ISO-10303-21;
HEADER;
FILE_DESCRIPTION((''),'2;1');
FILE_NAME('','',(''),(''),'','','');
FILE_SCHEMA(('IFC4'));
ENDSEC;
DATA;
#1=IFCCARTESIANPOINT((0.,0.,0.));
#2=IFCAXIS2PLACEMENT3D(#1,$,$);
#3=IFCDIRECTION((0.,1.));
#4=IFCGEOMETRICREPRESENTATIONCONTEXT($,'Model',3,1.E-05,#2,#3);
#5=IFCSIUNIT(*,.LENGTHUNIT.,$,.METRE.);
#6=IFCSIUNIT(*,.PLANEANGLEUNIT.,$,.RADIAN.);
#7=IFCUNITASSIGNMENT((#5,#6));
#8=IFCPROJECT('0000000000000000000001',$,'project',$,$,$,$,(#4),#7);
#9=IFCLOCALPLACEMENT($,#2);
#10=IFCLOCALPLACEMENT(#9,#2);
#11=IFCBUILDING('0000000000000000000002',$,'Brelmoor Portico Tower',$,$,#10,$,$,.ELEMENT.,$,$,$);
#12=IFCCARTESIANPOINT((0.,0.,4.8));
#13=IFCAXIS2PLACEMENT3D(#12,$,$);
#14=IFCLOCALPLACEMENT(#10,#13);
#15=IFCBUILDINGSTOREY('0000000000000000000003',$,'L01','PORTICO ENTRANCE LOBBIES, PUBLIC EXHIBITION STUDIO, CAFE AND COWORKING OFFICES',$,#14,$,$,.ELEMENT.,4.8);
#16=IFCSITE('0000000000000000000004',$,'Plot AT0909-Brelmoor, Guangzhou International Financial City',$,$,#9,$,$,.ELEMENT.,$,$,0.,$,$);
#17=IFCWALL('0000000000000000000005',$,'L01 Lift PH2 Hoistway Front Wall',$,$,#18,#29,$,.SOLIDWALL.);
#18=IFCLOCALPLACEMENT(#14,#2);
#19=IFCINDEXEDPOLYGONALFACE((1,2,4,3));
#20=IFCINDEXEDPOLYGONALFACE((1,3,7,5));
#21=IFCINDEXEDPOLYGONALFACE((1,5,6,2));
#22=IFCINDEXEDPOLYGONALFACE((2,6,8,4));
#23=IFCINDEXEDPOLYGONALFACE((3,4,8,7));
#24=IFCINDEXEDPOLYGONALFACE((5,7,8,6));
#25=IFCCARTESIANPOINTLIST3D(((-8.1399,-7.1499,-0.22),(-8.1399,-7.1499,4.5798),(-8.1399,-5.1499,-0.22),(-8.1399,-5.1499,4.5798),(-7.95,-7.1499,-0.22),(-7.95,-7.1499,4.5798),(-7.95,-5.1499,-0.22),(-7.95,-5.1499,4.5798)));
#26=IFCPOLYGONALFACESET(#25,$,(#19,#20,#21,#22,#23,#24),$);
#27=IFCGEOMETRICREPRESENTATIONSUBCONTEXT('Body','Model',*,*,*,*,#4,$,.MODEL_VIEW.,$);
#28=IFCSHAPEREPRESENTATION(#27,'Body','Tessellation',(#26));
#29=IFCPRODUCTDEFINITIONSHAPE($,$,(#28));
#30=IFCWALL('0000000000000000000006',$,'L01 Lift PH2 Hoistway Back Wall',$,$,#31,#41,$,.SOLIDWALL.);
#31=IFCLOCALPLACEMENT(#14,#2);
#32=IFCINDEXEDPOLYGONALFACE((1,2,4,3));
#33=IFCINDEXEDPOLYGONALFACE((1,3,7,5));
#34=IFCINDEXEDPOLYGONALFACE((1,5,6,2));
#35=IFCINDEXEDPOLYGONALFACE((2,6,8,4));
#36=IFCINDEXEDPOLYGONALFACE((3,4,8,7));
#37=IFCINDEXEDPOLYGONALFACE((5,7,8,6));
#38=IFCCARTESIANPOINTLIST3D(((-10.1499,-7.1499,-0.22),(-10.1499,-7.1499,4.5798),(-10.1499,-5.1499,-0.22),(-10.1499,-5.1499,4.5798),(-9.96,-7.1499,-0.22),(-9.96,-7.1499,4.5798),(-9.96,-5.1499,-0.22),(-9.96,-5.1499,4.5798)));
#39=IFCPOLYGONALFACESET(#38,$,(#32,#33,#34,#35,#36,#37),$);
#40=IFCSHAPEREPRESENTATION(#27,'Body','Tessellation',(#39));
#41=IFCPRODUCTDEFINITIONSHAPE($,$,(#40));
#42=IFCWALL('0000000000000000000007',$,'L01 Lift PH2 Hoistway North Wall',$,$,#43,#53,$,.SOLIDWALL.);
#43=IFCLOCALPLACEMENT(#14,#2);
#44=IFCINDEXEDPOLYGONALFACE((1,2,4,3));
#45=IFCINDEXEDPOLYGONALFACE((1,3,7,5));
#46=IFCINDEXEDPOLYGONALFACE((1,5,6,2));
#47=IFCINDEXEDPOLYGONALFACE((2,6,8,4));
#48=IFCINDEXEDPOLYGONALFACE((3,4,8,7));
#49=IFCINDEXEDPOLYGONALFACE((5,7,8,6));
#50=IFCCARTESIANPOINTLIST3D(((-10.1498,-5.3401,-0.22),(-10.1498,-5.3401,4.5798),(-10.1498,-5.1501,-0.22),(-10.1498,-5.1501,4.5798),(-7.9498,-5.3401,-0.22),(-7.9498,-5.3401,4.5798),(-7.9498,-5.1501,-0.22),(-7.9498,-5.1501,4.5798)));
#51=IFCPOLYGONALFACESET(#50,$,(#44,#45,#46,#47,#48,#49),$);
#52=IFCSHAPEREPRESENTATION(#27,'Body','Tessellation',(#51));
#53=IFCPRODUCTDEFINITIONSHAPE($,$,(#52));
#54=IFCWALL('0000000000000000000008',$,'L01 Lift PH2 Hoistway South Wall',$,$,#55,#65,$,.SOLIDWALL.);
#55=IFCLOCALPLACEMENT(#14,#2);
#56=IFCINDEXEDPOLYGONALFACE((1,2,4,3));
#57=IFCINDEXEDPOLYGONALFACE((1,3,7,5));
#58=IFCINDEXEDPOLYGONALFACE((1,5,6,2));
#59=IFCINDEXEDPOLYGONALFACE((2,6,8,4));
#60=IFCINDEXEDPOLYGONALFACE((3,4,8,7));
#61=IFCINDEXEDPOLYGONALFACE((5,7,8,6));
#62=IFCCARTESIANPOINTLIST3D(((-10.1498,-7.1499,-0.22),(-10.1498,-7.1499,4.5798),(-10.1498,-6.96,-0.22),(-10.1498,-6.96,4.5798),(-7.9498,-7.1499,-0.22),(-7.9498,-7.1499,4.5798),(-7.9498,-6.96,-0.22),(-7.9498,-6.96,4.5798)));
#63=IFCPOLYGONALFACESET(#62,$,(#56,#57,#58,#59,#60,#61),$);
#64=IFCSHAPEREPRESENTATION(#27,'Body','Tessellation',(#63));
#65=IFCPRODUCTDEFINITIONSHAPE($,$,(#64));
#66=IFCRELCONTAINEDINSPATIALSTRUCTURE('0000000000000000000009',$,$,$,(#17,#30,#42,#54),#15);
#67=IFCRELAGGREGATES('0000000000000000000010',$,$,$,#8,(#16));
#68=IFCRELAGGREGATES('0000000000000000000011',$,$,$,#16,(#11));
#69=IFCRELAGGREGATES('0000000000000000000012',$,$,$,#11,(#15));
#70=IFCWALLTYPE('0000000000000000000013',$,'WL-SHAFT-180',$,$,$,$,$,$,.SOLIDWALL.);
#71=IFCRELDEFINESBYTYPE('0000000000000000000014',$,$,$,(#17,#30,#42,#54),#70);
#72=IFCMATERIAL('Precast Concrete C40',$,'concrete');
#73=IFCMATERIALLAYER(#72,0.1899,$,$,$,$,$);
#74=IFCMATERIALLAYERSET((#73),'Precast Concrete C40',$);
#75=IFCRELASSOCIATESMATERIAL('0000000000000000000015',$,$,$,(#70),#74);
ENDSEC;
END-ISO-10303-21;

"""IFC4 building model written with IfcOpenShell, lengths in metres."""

from ifc_helpers import new_model, si_unit, direction, frame, frame_2d, origin, place, context, subcontext, project, spatial, rectangle, extrude, material, layer, layer_set, type_object, element, save


model = new_model("IFC4")

# Units and contexts
model_context = context("Model", 3, precision=1e-05, world=origin(), true_north=direction((0.0, 1.0)))
body_context = subcontext(model_context, "Body", "Model", "MODEL_VIEW")
ifc_project = project(units=[si_unit("LENGTHUNIT", "METRE"), si_unit("PLANEANGLEUNIT", "RADIAN")], contexts=[model_context])

# Site, building, storey
site_placement = place(None, origin())
site = spatial("IfcSite", under=ifc_project, at=site_placement, Name="Plot AT0909-Brelmoor, Guangzhou International Financial City", CompositionType="ELEMENT", RefElevation=0.0)
building_placement = place(site_placement, origin())
building = spatial("IfcBuilding", under=site, at=building_placement, Name="Brelmoor Portico Tower", CompositionType="ELEMENT")
storey_placement = place(building_placement, frame((0.0, 0.0, 4.8)))
storey = spatial("IfcBuildingStorey", under=building, at=storey_placement, Name="L01", Description="PORTICO ENTRANCE LOBBIES, PUBLIC EXHIBITION STUDIO, CAFE AND COWORKING OFFICES", CompositionType="ELEMENT", Elevation=4.8)

# Walls
ifc_material_1 = material(Name="Precast Concrete C40", Category="concrete")
ifc_layer_1 = layer(ifc_material_1, 0.1899)
ifc_layer_set_1 = layer_set([ifc_layer_1], Name="Precast Concrete C40")
wall_type_1 = type_object("IfcWallType", Name="WL-SHAFT-180", PredefinedType="SOLIDWALL", material=ifc_layer_set_1)
for number, where, z_axis, x_axis, name in (
    (1, (-8.0449, -7.1499, -0.22), (0.0, 0.0, 1.0), (0.0, 1.0, 0.0), "L01 Lift PH2 Hoistway Front Wall"),
    (2, (-10.0549, -7.1499, -0.22), (0.0, 0.0, 1.0), (0.0, 1.0, 0.0), "L01 Lift PH2 Hoistway Back Wall"),
):
    element("IfcWall", number, at=place(storey_placement, frame(where, z_axis=z_axis, x_axis=x_axis)), inside=storey, type_object=wall_type_1, Name=name, PredefinedType="SOLIDWALL", context=body_context, shape_type="SweptSolid", body=[
        extrude(rectangle(XDim=2.0, YDim=0.1899, at=frame_2d((1.0, 0.0))), origin(), (0.0, 0.0, 1.0), 4.7998),
    ])
for number, where, z_axis, x_axis, name in (
    (3, (-10.1499, -5.2451, -0.22), (0.0, 0.0, 1.0), (1.0, 0.0, 0.0), "L01 Lift PH2 Hoistway North Wall"),
    (4, (-10.1499, -7.0549, -0.22), (0.0, 0.0, 1.0), (1.0, 0.0, 0.0), "L01 Lift PH2 Hoistway South Wall"),
):
    element("IfcWall", number, at=place(storey_placement, frame(where, z_axis=z_axis, x_axis=x_axis)), inside=storey, type_object=wall_type_1, Name=name, PredefinedType="SOLIDWALL", context=body_context, shape_type="SweptSolid", body=[
        extrude(rectangle(XDim=2.2, YDim=0.1899, at=frame_2d((1.1001, 0.0))), origin(), (0.0, 0.0, 1.0), 4.7998),
    ])

save(model, "model.ifc")
